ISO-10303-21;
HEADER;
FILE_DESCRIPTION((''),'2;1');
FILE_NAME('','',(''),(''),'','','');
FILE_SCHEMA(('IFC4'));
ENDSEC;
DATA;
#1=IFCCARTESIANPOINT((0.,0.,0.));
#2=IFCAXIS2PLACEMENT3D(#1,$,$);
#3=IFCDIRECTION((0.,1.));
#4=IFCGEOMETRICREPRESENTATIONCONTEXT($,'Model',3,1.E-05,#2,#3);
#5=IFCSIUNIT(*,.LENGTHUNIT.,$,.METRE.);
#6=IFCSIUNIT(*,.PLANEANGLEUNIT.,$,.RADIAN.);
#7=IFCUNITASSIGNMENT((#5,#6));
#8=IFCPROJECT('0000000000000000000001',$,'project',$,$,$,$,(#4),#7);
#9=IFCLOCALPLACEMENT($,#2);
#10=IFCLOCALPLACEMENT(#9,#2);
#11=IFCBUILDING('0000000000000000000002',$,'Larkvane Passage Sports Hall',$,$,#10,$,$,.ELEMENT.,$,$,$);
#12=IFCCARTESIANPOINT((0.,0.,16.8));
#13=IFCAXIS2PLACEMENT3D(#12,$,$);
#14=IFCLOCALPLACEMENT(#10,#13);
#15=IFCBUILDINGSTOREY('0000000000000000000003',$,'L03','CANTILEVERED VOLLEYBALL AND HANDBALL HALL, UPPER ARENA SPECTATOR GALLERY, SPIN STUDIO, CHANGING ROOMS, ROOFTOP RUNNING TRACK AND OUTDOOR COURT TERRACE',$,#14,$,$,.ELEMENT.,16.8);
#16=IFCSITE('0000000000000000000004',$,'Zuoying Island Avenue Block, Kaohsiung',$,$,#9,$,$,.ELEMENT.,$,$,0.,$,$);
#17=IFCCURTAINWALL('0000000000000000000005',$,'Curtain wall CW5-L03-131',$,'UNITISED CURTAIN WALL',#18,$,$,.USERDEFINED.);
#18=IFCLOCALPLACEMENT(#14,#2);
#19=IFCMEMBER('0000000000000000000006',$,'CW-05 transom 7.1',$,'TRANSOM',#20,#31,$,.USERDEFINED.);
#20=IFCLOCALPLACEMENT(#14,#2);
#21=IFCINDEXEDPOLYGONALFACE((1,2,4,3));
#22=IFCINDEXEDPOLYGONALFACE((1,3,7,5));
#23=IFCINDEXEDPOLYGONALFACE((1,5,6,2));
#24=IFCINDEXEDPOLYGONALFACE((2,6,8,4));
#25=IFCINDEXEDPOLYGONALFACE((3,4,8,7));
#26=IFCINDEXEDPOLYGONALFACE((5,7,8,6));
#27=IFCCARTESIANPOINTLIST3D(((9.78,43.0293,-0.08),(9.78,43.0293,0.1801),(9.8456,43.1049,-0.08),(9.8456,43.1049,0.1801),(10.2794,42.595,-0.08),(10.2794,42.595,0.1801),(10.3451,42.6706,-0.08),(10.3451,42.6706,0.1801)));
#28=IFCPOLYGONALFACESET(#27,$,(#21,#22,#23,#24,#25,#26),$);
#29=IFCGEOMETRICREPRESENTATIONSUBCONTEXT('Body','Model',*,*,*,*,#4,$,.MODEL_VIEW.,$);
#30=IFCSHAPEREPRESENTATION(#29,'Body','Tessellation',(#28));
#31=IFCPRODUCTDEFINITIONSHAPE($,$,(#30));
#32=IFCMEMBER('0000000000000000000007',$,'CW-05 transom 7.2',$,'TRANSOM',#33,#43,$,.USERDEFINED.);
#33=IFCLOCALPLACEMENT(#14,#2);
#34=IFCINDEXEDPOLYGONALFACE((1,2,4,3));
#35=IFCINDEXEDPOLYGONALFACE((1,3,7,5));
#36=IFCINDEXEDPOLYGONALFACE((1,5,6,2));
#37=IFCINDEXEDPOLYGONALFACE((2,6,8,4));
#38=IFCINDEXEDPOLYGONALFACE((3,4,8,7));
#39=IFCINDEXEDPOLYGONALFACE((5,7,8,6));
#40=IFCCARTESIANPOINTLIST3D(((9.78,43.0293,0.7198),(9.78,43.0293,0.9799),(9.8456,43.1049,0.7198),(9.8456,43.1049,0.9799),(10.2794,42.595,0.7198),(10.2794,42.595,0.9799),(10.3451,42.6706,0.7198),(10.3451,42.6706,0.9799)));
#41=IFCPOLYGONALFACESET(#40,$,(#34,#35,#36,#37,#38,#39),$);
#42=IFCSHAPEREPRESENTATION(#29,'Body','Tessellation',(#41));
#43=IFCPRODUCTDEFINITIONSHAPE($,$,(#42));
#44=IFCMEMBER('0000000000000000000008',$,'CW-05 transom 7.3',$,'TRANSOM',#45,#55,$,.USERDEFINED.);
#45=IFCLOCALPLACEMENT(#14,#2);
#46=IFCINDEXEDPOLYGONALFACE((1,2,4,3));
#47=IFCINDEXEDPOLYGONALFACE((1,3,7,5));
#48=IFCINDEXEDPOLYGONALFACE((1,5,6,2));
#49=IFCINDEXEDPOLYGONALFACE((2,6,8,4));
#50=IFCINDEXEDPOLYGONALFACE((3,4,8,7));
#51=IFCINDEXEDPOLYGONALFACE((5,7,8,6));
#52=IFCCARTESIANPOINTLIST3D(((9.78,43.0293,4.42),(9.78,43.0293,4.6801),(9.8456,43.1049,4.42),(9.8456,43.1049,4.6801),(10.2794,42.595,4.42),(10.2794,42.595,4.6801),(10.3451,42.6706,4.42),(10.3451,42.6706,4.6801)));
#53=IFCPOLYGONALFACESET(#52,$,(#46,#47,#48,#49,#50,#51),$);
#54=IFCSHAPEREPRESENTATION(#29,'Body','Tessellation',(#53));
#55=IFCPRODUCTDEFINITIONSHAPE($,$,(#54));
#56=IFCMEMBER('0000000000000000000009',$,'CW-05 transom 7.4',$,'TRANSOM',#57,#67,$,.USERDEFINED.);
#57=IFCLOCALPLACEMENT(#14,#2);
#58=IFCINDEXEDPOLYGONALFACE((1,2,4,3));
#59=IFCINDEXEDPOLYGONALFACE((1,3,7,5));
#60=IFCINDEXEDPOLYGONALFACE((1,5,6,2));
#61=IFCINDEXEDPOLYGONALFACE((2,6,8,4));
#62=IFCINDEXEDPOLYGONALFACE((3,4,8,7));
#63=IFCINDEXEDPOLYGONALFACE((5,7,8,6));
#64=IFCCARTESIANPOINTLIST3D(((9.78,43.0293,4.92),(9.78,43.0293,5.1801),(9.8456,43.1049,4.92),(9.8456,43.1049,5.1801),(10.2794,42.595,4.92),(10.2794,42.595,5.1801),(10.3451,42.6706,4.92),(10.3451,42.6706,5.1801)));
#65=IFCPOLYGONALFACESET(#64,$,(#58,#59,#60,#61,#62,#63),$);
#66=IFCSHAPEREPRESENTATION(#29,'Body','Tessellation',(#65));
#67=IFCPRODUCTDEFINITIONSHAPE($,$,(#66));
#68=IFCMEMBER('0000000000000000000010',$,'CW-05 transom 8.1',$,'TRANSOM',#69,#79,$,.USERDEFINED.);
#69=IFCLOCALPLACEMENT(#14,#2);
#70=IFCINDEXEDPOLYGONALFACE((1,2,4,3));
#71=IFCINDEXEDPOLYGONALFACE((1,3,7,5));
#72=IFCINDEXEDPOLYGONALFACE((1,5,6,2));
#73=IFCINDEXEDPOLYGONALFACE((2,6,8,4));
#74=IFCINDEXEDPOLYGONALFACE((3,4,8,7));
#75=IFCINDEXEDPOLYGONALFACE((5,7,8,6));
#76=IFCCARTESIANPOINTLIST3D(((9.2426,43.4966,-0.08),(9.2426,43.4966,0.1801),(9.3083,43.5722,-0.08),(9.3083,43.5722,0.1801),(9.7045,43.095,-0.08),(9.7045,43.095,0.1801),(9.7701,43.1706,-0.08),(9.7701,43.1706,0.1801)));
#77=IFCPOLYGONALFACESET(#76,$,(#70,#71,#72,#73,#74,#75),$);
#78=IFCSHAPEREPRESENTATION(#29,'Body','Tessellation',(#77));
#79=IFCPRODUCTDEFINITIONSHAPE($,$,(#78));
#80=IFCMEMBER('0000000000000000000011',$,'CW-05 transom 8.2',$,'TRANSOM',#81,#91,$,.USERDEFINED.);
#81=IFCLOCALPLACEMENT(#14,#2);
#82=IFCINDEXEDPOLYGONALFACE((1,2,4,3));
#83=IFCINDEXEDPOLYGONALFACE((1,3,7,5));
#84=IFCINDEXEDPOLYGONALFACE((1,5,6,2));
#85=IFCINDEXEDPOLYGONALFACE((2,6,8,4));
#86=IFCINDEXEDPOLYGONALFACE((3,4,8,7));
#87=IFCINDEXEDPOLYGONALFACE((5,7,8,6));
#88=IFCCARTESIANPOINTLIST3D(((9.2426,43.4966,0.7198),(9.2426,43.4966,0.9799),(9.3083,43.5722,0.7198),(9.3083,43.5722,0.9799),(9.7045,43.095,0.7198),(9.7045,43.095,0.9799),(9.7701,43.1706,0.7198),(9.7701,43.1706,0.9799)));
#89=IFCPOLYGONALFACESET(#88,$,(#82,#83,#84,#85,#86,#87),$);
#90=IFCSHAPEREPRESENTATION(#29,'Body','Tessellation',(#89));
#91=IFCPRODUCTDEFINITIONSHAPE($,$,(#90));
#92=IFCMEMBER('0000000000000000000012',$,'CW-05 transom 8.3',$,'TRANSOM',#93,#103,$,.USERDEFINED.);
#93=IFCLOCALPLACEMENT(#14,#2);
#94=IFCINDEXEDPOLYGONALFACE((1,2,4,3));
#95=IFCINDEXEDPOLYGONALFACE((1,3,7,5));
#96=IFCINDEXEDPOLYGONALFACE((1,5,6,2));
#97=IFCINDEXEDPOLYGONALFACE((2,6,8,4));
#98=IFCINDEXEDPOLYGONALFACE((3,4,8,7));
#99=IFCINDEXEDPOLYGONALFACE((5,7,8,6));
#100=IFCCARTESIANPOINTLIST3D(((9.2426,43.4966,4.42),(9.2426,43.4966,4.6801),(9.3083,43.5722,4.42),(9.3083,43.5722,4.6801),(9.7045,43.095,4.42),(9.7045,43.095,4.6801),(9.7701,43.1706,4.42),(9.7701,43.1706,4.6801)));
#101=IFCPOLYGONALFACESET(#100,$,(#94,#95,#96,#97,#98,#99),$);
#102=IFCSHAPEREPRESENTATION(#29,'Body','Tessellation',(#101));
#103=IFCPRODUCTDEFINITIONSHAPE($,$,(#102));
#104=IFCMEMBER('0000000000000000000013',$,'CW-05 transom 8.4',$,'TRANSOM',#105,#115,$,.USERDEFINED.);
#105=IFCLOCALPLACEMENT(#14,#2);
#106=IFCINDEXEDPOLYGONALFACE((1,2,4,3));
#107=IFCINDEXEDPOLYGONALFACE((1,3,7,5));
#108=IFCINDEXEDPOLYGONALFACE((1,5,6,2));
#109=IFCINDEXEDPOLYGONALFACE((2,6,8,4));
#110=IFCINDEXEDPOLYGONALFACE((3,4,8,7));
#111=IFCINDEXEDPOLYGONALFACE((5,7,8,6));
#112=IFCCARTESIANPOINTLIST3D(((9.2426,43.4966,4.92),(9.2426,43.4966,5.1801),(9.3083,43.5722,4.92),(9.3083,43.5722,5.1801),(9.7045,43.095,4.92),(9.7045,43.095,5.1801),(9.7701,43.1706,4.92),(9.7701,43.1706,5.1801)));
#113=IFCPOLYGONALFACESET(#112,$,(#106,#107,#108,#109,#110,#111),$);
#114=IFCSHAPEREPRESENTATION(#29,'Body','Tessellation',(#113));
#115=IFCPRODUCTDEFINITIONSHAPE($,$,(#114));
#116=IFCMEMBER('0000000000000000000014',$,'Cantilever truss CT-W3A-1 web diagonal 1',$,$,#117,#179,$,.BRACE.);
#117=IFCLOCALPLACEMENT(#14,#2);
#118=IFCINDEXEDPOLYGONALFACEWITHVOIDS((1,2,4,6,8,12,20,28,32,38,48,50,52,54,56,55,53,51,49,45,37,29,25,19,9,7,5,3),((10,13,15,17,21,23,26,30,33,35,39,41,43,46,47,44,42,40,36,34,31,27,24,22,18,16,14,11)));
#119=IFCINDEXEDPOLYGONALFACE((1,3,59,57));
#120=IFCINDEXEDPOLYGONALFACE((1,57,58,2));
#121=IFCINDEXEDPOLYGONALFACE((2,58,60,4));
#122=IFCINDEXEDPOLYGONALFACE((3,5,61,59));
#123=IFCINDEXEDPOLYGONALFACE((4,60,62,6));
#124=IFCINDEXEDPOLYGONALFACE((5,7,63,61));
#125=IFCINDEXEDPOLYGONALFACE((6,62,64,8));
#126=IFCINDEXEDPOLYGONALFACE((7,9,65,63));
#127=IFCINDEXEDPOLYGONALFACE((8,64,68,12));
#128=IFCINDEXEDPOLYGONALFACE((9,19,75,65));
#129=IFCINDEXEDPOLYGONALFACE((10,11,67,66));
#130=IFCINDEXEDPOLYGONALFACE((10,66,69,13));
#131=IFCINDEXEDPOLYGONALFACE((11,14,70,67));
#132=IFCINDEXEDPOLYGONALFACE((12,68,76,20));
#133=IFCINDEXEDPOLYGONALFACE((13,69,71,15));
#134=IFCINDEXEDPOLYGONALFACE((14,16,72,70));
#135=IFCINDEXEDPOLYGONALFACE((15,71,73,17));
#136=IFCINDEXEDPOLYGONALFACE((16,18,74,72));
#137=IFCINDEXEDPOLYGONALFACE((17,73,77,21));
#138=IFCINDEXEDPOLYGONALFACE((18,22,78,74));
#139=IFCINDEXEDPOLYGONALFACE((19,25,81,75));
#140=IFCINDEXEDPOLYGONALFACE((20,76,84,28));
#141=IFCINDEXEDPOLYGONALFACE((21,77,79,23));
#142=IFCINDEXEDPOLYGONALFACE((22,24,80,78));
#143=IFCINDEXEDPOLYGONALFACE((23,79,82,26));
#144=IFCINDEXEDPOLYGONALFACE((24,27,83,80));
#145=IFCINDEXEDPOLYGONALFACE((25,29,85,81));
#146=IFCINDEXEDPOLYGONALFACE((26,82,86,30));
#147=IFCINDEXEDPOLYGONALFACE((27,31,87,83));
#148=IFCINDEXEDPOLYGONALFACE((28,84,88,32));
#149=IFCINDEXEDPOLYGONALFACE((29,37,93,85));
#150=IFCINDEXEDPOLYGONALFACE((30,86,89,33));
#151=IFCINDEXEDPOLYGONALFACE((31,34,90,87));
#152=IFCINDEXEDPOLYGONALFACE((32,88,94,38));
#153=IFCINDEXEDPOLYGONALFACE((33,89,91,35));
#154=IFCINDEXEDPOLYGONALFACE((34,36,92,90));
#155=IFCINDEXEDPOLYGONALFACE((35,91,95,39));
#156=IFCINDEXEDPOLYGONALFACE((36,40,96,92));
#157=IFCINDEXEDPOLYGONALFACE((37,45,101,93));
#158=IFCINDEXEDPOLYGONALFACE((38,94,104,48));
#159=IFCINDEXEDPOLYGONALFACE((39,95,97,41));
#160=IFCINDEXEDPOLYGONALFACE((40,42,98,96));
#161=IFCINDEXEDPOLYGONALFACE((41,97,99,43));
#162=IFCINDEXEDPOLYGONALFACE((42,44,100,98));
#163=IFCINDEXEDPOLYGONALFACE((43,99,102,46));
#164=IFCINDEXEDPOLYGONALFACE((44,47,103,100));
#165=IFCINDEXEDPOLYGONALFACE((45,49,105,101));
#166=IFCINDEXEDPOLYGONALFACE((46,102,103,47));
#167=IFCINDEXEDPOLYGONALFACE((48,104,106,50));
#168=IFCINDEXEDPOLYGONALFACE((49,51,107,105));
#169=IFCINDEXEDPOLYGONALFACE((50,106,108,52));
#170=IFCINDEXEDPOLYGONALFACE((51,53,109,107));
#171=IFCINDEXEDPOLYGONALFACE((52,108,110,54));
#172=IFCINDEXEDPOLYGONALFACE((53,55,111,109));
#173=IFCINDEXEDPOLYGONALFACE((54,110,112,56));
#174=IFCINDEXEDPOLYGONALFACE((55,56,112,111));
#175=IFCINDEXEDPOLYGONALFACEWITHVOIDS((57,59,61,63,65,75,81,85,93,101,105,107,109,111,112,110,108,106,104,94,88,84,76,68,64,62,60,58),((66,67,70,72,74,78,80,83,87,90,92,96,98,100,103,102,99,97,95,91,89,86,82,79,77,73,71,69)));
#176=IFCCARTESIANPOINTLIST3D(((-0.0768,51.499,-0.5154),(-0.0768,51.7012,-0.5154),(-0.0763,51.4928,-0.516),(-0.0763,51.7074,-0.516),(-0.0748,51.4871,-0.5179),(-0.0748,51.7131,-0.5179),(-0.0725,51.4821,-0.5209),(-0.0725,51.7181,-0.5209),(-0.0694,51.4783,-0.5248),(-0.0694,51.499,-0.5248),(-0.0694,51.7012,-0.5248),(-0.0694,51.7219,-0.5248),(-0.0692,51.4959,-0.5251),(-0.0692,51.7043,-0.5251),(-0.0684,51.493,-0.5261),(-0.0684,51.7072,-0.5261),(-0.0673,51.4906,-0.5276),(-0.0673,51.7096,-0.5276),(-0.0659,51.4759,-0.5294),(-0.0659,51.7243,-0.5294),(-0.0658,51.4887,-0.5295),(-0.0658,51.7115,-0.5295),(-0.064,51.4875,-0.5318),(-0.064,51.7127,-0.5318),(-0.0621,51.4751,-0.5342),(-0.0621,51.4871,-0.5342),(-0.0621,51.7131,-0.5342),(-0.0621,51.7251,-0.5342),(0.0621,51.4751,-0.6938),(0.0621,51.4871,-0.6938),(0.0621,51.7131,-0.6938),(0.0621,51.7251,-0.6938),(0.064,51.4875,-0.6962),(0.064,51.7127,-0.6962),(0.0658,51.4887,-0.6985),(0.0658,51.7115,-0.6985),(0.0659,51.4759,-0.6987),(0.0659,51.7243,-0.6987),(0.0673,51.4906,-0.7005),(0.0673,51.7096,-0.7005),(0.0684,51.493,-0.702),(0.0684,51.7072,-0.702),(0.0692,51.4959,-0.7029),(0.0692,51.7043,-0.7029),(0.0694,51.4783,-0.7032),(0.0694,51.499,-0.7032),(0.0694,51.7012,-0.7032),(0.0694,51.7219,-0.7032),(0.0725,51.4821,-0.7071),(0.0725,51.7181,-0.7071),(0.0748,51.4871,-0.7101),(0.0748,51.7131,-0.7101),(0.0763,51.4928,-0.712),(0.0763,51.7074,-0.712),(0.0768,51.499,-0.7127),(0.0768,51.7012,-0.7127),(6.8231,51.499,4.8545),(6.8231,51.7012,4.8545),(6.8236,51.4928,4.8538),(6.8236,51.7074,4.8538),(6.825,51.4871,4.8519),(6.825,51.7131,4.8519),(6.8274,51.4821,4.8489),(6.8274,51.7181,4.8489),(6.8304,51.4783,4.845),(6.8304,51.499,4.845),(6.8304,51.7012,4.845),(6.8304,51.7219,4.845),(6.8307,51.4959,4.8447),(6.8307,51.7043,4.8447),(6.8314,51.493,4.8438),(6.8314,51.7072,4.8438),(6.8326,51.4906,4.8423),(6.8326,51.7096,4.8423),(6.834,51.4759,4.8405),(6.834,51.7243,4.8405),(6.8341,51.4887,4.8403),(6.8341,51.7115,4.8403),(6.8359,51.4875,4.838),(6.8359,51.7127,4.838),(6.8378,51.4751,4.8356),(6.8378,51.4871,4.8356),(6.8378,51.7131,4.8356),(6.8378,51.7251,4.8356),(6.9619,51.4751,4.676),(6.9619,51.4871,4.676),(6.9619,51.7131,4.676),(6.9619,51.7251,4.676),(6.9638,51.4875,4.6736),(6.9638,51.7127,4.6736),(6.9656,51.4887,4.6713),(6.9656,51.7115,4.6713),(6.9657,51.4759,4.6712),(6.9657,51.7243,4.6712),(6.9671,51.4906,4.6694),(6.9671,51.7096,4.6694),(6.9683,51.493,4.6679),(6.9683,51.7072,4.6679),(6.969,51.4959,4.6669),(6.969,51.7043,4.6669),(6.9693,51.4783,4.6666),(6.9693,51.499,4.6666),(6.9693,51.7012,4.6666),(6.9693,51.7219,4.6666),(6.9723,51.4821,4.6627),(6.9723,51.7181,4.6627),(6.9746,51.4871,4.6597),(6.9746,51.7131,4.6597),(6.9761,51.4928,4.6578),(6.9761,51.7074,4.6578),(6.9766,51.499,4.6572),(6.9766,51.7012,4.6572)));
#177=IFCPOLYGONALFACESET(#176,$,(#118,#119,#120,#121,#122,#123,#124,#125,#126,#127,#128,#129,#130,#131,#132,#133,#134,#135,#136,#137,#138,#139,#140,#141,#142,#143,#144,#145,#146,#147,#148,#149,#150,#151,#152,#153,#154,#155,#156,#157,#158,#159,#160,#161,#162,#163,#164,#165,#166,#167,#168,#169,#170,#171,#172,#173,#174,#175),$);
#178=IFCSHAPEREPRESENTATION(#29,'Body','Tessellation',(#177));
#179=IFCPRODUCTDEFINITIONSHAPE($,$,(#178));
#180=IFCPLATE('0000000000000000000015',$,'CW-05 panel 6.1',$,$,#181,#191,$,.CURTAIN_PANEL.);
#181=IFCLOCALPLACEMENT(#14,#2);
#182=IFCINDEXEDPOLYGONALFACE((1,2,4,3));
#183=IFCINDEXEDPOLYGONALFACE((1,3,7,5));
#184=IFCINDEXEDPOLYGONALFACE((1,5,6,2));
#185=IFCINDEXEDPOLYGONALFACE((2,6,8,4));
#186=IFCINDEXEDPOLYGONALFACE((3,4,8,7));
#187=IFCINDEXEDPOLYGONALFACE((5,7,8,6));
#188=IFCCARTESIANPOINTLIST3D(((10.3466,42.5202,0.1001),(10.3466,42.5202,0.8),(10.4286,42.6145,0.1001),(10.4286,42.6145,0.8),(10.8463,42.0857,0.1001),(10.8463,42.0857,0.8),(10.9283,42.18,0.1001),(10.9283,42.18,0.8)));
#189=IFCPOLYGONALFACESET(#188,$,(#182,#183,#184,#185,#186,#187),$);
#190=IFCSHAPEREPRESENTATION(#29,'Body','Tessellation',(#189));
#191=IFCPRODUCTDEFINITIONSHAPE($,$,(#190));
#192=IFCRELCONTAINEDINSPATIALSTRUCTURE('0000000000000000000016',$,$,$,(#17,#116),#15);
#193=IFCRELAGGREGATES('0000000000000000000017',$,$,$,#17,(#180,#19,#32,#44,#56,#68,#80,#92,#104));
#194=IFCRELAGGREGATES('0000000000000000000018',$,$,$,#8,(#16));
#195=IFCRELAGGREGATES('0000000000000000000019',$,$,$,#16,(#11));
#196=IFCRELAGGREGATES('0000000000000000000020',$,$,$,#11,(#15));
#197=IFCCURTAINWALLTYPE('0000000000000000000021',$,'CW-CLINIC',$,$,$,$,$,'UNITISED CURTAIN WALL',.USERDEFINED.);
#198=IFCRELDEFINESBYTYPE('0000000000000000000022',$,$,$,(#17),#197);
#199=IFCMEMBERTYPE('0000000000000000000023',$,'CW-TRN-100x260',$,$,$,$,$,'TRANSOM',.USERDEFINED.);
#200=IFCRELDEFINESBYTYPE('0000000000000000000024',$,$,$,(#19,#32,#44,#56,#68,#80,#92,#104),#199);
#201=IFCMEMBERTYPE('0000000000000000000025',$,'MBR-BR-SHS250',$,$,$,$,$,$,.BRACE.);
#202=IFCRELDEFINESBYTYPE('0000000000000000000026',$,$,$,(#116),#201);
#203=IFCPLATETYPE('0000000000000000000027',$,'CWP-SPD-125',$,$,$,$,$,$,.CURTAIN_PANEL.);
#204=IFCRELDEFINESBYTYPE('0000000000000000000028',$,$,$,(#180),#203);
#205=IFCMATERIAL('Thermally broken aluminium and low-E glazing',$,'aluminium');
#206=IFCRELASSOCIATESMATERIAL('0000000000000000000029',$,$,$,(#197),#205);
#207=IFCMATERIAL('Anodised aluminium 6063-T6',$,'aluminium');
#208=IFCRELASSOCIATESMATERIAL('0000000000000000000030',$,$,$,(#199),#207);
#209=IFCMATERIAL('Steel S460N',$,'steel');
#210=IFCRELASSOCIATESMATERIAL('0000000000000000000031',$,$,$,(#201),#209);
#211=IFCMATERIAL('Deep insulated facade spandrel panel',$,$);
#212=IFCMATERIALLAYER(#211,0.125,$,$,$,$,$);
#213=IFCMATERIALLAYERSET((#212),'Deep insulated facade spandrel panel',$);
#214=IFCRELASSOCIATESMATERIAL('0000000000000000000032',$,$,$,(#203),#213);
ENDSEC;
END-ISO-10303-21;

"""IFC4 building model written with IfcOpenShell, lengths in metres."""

from ifc_helpers import new_model, si_unit, direction, frame, origin, origin_2d, place, context, subcontext, project, spatial, rectangle, hollow_rectangle, extrude, material, layer, layer_set, material_profile, profile_set, type_object, element, aggregate, save


model = new_model("IFC4")

# Units and contexts
model_context = context("Model", 3, precision=1e-05, world=origin(), true_north=direction((0.0, 1.0)))
body_context = subcontext(model_context, "Body", "Model", "MODEL_VIEW")
ifc_project = project(units=[si_unit("LENGTHUNIT", "METRE"), si_unit("PLANEANGLEUNIT", "RADIAN")], contexts=[model_context])

# Site, building, storey
site_placement = place(None, origin())
site = spatial("IfcSite", under=ifc_project, at=site_placement, Name="Zuoying Island Avenue Block, Kaohsiung", CompositionType="ELEMENT", RefElevation=0.0)
building_placement = place(site_placement, origin())
building = spatial("IfcBuilding", under=site, at=building_placement, Name="Larkvane Passage Sports Hall", CompositionType="ELEMENT")
storey_placement = place(building_placement, frame((0.0, 0.0, 16.8)))
storey = spatial("IfcBuildingStorey", under=building, at=storey_placement, Name="L03", Description="CANTILEVERED VOLLEYBALL AND HANDBALL HALL, UPPER ARENA SPECTATOR GALLERY, SPIN STUDIO, CHANGING ROOMS, ROOFTOP RUNNING TRACK AND OUTDOOR COURT TERRACE", CompositionType="ELEMENT", Elevation=16.8)

# Shared definitions
ifc_material_1 = material(Name="Steel S460N", Category="steel")

# Curtain wall, members
ifc_material_2 = material(Name="Thermally broken aluminium and low-E glazing", Category="aluminium")
curtain_wall_type = type_object("IfcCurtainWallType", Name="CW-CLINIC", ElementType="UNITISED CURTAIN WALL", PredefinedType="USERDEFINED", material=ifc_material_2)
curtain_wall_placement = place(storey_placement, origin())
curtain_wall = element("IfcCurtainWall", 1, at=curtain_wall_placement, inside=storey, type_object=curtain_wall_type, Name="Curtain wall CW5-L03-131", ObjectType="UNITISED CURTAIN WALL", PredefinedType="USERDEFINED")
ifc_material_3 = material(Name="Anodised aluminium 6063-T6", Category="aluminium")
ifc_material_profile_1 = material_profile(ifc_material_3, rectangle(XDim=0.1001, YDim=0.26, at=origin_2d()), Name="ALU-TRN-100x260")
ifc_profile_set_1 = profile_set([ifc_material_profile_1], Name="Anodised aluminium 6063-T6")
member_type_1 = type_object("IfcMemberType", Name="CW-TRN-100x260", ElementType="TRANSOM", PredefinedType="USERDEFINED", material=ifc_profile_set_1)
member_1_placement = place(storey_placement, frame((10.3123, 42.6328, 0.05), z_axis=(-0.754629, 0.656151, 0.0), x_axis=(-0.656151, -0.754629, 0.0)))
member_1 = element("IfcMember", 2, at=member_1_placement, type_object=member_type_1, Name="CW-05 transom 7.1", ObjectType="TRANSOM", PredefinedType="USERDEFINED", context=body_context, shape_type="SweptSolid", body=[
    extrude(rectangle(XDim=0.1001, YDim=0.26, at=origin_2d()), origin(), (0.0, 0.0, 1.0), 0.6619),
])
member_2_placement = place(storey_placement, frame((10.3123, 42.6328, 0.8499), z_axis=(-0.754629, 0.656151, 0.0), x_axis=(-0.656151, -0.754629, 0.0)))
member_2 = element("IfcMember", 3, at=member_2_placement, type_object=member_type_1, Name="CW-05 transom 7.2", ObjectType="TRANSOM", PredefinedType="USERDEFINED", context=body_context, shape_type="SweptSolid", body=[
    extrude(rectangle(XDim=0.1001, YDim=0.26, at=origin_2d()), origin(), (0.0, 0.0, 1.0), 0.6619),
])
member_3_placement = place(storey_placement, frame((10.3123, 42.6328, 4.55), z_axis=(-0.754629, 0.656151, 0.0), x_axis=(-0.656151, -0.754629, 0.0)))
member_3 = element("IfcMember", 4, at=member_3_placement, type_object=member_type_1, Name="CW-05 transom 7.3", ObjectType="TRANSOM", PredefinedType="USERDEFINED", context=body_context, shape_type="SweptSolid", body=[
    extrude(rectangle(XDim=0.1001, YDim=0.26, at=origin_2d()), origin(), (0.0, 0.0, 1.0), 0.6619),
])
member_4_placement = place(storey_placement, frame((10.3123, 42.6328, 5.05), z_axis=(-0.754629, 0.656151, 0.0), x_axis=(-0.656151, -0.754629, 0.0)))
member_4 = element("IfcMember", 5, at=member_4_placement, type_object=member_type_1, Name="CW-05 transom 7.4", ObjectType="TRANSOM", PredefinedType="USERDEFINED", context=body_context, shape_type="SweptSolid", body=[
    extrude(rectangle(XDim=0.1001, YDim=0.26, at=origin_2d()), origin(), (0.0, 0.0, 1.0), 0.6619),
])
member_5_placement = place(storey_placement, frame((9.7373, 43.1328, 0.05), z_axis=(-0.754648, 0.656129, 0.0), x_axis=(-0.656129, -0.754648, 0.0)))
member_5 = element("IfcMember", 6, at=member_5_placement, type_object=member_type_1, Name="CW-05 transom 8.1", ObjectType="TRANSOM", PredefinedType="USERDEFINED", context=body_context, shape_type="SweptSolid", body=[
    extrude(rectangle(XDim=0.1001, YDim=0.26, at=origin_2d()), origin(), (0.0, 0.0, 1.0), 0.6121),
])
member_6_placement = place(storey_placement, frame((9.7373, 43.1328, 0.8499), z_axis=(-0.754648, 0.656129, 0.0), x_axis=(-0.656129, -0.754648, 0.0)))
member_6 = element("IfcMember", 7, at=member_6_placement, type_object=member_type_1, Name="CW-05 transom 8.2", ObjectType="TRANSOM", PredefinedType="USERDEFINED", context=body_context, shape_type="SweptSolid", body=[
    extrude(rectangle(XDim=0.1001, YDim=0.26, at=origin_2d()), origin(), (0.0, 0.0, 1.0), 0.6121),
])
member_7_placement = place(storey_placement, frame((9.7373, 43.1328, 4.55), z_axis=(-0.754648, 0.656129, 0.0), x_axis=(-0.656129, -0.754648, 0.0)))
member_7 = element("IfcMember", 8, at=member_7_placement, type_object=member_type_1, Name="CW-05 transom 8.3", ObjectType="TRANSOM", PredefinedType="USERDEFINED", context=body_context, shape_type="SweptSolid", body=[
    extrude(rectangle(XDim=0.1001, YDim=0.26, at=origin_2d()), origin(), (0.0, 0.0, 1.0), 0.6121),
])
member_8_placement = place(storey_placement, frame((9.7373, 43.1328, 5.05), z_axis=(-0.754648, 0.656129, 0.0), x_axis=(-0.656129, -0.754648, 0.0)))
member_8 = element("IfcMember", 9, at=member_8_placement, type_object=member_type_1, Name="CW-05 transom 8.4", ObjectType="TRANSOM", PredefinedType="USERDEFINED", context=body_context, shape_type="SweptSolid", body=[
    extrude(rectangle(XDim=0.1001, YDim=0.26, at=origin_2d()), origin(), (0.0, 0.0, 1.0), 0.6121),
])

# Member
ifc_material_profile_2 = material_profile(ifc_material_1, hollow_rectangle(XDim=0.25, YDim=0.25, WallThickness=0.012, InnerFilletRadius=0.012, OuterFilletRadius=0.0239, at=origin_2d()), Name="SHS-250x250x12")
ifc_profile_set_2 = profile_set([ifc_material_profile_2], Name="Steel S460N")
member_type_2 = type_object("IfcMemberType", Name="MBR-BR-SHS250", PredefinedType="BRACE", material=ifc_profile_set_2)
member_9_placement = place(storey_placement, frame((0.0, 51.6001, -0.614), z_axis=(0.78917, 0.0, 0.614174), x_axis=(0.0, 1.0, 0.0)))
element("IfcMember", 10, at=member_9_placement, inside=storey, type_object=member_type_2, Name="Cantilever truss CT-W3A-1 web diagonal 1", PredefinedType="BRACE", context=body_context, shape_type="SweptSolid", body=[
    extrude(hollow_rectangle(XDim=0.25, YDim=0.25, WallThickness=0.012, InnerFilletRadius=0.012, OuterFilletRadius=0.0239, at=origin_2d()), origin(), (0.0, 0.0, 1.0), 8.7432),
])

# Plate
ifc_material_4 = material(Name="Deep insulated facade spandrel panel")
ifc_layer_1 = layer(ifc_material_4, 0.125)
ifc_layer_set_1 = layer_set([ifc_layer_1], Name="Deep insulated facade spandrel panel")
plate_type_1 = type_object("IfcPlateType", Name="CWP-SPD-125", PredefinedType="CURTAIN_PANEL", material=ifc_layer_set_1)
plate_1_placement = place(storey_placement, frame((10.6375, 42.3501, 0.1001), z_axis=(0.0, 0.0, 1.0), x_axis=(-0.754606, 0.656179, 0.0)))
plate_1 = element("IfcPlate", 11, at=plate_1_placement, type_object=plate_type_1, Name="CW-05 panel 6.1", PredefinedType="CURTAIN_PANEL", context=body_context, shape_type="SweptSolid", body=[
    extrude(rectangle(XDim=0.6621, YDim=0.125, at=origin_2d()), origin(), (0.0, 0.0, 1.0), 0.7),
])
aggregate(curtain_wall, [plate_1, member_1, member_2, member_3, member_4, member_5, member_6, member_7, member_8])

save(model, "model.ifc")
